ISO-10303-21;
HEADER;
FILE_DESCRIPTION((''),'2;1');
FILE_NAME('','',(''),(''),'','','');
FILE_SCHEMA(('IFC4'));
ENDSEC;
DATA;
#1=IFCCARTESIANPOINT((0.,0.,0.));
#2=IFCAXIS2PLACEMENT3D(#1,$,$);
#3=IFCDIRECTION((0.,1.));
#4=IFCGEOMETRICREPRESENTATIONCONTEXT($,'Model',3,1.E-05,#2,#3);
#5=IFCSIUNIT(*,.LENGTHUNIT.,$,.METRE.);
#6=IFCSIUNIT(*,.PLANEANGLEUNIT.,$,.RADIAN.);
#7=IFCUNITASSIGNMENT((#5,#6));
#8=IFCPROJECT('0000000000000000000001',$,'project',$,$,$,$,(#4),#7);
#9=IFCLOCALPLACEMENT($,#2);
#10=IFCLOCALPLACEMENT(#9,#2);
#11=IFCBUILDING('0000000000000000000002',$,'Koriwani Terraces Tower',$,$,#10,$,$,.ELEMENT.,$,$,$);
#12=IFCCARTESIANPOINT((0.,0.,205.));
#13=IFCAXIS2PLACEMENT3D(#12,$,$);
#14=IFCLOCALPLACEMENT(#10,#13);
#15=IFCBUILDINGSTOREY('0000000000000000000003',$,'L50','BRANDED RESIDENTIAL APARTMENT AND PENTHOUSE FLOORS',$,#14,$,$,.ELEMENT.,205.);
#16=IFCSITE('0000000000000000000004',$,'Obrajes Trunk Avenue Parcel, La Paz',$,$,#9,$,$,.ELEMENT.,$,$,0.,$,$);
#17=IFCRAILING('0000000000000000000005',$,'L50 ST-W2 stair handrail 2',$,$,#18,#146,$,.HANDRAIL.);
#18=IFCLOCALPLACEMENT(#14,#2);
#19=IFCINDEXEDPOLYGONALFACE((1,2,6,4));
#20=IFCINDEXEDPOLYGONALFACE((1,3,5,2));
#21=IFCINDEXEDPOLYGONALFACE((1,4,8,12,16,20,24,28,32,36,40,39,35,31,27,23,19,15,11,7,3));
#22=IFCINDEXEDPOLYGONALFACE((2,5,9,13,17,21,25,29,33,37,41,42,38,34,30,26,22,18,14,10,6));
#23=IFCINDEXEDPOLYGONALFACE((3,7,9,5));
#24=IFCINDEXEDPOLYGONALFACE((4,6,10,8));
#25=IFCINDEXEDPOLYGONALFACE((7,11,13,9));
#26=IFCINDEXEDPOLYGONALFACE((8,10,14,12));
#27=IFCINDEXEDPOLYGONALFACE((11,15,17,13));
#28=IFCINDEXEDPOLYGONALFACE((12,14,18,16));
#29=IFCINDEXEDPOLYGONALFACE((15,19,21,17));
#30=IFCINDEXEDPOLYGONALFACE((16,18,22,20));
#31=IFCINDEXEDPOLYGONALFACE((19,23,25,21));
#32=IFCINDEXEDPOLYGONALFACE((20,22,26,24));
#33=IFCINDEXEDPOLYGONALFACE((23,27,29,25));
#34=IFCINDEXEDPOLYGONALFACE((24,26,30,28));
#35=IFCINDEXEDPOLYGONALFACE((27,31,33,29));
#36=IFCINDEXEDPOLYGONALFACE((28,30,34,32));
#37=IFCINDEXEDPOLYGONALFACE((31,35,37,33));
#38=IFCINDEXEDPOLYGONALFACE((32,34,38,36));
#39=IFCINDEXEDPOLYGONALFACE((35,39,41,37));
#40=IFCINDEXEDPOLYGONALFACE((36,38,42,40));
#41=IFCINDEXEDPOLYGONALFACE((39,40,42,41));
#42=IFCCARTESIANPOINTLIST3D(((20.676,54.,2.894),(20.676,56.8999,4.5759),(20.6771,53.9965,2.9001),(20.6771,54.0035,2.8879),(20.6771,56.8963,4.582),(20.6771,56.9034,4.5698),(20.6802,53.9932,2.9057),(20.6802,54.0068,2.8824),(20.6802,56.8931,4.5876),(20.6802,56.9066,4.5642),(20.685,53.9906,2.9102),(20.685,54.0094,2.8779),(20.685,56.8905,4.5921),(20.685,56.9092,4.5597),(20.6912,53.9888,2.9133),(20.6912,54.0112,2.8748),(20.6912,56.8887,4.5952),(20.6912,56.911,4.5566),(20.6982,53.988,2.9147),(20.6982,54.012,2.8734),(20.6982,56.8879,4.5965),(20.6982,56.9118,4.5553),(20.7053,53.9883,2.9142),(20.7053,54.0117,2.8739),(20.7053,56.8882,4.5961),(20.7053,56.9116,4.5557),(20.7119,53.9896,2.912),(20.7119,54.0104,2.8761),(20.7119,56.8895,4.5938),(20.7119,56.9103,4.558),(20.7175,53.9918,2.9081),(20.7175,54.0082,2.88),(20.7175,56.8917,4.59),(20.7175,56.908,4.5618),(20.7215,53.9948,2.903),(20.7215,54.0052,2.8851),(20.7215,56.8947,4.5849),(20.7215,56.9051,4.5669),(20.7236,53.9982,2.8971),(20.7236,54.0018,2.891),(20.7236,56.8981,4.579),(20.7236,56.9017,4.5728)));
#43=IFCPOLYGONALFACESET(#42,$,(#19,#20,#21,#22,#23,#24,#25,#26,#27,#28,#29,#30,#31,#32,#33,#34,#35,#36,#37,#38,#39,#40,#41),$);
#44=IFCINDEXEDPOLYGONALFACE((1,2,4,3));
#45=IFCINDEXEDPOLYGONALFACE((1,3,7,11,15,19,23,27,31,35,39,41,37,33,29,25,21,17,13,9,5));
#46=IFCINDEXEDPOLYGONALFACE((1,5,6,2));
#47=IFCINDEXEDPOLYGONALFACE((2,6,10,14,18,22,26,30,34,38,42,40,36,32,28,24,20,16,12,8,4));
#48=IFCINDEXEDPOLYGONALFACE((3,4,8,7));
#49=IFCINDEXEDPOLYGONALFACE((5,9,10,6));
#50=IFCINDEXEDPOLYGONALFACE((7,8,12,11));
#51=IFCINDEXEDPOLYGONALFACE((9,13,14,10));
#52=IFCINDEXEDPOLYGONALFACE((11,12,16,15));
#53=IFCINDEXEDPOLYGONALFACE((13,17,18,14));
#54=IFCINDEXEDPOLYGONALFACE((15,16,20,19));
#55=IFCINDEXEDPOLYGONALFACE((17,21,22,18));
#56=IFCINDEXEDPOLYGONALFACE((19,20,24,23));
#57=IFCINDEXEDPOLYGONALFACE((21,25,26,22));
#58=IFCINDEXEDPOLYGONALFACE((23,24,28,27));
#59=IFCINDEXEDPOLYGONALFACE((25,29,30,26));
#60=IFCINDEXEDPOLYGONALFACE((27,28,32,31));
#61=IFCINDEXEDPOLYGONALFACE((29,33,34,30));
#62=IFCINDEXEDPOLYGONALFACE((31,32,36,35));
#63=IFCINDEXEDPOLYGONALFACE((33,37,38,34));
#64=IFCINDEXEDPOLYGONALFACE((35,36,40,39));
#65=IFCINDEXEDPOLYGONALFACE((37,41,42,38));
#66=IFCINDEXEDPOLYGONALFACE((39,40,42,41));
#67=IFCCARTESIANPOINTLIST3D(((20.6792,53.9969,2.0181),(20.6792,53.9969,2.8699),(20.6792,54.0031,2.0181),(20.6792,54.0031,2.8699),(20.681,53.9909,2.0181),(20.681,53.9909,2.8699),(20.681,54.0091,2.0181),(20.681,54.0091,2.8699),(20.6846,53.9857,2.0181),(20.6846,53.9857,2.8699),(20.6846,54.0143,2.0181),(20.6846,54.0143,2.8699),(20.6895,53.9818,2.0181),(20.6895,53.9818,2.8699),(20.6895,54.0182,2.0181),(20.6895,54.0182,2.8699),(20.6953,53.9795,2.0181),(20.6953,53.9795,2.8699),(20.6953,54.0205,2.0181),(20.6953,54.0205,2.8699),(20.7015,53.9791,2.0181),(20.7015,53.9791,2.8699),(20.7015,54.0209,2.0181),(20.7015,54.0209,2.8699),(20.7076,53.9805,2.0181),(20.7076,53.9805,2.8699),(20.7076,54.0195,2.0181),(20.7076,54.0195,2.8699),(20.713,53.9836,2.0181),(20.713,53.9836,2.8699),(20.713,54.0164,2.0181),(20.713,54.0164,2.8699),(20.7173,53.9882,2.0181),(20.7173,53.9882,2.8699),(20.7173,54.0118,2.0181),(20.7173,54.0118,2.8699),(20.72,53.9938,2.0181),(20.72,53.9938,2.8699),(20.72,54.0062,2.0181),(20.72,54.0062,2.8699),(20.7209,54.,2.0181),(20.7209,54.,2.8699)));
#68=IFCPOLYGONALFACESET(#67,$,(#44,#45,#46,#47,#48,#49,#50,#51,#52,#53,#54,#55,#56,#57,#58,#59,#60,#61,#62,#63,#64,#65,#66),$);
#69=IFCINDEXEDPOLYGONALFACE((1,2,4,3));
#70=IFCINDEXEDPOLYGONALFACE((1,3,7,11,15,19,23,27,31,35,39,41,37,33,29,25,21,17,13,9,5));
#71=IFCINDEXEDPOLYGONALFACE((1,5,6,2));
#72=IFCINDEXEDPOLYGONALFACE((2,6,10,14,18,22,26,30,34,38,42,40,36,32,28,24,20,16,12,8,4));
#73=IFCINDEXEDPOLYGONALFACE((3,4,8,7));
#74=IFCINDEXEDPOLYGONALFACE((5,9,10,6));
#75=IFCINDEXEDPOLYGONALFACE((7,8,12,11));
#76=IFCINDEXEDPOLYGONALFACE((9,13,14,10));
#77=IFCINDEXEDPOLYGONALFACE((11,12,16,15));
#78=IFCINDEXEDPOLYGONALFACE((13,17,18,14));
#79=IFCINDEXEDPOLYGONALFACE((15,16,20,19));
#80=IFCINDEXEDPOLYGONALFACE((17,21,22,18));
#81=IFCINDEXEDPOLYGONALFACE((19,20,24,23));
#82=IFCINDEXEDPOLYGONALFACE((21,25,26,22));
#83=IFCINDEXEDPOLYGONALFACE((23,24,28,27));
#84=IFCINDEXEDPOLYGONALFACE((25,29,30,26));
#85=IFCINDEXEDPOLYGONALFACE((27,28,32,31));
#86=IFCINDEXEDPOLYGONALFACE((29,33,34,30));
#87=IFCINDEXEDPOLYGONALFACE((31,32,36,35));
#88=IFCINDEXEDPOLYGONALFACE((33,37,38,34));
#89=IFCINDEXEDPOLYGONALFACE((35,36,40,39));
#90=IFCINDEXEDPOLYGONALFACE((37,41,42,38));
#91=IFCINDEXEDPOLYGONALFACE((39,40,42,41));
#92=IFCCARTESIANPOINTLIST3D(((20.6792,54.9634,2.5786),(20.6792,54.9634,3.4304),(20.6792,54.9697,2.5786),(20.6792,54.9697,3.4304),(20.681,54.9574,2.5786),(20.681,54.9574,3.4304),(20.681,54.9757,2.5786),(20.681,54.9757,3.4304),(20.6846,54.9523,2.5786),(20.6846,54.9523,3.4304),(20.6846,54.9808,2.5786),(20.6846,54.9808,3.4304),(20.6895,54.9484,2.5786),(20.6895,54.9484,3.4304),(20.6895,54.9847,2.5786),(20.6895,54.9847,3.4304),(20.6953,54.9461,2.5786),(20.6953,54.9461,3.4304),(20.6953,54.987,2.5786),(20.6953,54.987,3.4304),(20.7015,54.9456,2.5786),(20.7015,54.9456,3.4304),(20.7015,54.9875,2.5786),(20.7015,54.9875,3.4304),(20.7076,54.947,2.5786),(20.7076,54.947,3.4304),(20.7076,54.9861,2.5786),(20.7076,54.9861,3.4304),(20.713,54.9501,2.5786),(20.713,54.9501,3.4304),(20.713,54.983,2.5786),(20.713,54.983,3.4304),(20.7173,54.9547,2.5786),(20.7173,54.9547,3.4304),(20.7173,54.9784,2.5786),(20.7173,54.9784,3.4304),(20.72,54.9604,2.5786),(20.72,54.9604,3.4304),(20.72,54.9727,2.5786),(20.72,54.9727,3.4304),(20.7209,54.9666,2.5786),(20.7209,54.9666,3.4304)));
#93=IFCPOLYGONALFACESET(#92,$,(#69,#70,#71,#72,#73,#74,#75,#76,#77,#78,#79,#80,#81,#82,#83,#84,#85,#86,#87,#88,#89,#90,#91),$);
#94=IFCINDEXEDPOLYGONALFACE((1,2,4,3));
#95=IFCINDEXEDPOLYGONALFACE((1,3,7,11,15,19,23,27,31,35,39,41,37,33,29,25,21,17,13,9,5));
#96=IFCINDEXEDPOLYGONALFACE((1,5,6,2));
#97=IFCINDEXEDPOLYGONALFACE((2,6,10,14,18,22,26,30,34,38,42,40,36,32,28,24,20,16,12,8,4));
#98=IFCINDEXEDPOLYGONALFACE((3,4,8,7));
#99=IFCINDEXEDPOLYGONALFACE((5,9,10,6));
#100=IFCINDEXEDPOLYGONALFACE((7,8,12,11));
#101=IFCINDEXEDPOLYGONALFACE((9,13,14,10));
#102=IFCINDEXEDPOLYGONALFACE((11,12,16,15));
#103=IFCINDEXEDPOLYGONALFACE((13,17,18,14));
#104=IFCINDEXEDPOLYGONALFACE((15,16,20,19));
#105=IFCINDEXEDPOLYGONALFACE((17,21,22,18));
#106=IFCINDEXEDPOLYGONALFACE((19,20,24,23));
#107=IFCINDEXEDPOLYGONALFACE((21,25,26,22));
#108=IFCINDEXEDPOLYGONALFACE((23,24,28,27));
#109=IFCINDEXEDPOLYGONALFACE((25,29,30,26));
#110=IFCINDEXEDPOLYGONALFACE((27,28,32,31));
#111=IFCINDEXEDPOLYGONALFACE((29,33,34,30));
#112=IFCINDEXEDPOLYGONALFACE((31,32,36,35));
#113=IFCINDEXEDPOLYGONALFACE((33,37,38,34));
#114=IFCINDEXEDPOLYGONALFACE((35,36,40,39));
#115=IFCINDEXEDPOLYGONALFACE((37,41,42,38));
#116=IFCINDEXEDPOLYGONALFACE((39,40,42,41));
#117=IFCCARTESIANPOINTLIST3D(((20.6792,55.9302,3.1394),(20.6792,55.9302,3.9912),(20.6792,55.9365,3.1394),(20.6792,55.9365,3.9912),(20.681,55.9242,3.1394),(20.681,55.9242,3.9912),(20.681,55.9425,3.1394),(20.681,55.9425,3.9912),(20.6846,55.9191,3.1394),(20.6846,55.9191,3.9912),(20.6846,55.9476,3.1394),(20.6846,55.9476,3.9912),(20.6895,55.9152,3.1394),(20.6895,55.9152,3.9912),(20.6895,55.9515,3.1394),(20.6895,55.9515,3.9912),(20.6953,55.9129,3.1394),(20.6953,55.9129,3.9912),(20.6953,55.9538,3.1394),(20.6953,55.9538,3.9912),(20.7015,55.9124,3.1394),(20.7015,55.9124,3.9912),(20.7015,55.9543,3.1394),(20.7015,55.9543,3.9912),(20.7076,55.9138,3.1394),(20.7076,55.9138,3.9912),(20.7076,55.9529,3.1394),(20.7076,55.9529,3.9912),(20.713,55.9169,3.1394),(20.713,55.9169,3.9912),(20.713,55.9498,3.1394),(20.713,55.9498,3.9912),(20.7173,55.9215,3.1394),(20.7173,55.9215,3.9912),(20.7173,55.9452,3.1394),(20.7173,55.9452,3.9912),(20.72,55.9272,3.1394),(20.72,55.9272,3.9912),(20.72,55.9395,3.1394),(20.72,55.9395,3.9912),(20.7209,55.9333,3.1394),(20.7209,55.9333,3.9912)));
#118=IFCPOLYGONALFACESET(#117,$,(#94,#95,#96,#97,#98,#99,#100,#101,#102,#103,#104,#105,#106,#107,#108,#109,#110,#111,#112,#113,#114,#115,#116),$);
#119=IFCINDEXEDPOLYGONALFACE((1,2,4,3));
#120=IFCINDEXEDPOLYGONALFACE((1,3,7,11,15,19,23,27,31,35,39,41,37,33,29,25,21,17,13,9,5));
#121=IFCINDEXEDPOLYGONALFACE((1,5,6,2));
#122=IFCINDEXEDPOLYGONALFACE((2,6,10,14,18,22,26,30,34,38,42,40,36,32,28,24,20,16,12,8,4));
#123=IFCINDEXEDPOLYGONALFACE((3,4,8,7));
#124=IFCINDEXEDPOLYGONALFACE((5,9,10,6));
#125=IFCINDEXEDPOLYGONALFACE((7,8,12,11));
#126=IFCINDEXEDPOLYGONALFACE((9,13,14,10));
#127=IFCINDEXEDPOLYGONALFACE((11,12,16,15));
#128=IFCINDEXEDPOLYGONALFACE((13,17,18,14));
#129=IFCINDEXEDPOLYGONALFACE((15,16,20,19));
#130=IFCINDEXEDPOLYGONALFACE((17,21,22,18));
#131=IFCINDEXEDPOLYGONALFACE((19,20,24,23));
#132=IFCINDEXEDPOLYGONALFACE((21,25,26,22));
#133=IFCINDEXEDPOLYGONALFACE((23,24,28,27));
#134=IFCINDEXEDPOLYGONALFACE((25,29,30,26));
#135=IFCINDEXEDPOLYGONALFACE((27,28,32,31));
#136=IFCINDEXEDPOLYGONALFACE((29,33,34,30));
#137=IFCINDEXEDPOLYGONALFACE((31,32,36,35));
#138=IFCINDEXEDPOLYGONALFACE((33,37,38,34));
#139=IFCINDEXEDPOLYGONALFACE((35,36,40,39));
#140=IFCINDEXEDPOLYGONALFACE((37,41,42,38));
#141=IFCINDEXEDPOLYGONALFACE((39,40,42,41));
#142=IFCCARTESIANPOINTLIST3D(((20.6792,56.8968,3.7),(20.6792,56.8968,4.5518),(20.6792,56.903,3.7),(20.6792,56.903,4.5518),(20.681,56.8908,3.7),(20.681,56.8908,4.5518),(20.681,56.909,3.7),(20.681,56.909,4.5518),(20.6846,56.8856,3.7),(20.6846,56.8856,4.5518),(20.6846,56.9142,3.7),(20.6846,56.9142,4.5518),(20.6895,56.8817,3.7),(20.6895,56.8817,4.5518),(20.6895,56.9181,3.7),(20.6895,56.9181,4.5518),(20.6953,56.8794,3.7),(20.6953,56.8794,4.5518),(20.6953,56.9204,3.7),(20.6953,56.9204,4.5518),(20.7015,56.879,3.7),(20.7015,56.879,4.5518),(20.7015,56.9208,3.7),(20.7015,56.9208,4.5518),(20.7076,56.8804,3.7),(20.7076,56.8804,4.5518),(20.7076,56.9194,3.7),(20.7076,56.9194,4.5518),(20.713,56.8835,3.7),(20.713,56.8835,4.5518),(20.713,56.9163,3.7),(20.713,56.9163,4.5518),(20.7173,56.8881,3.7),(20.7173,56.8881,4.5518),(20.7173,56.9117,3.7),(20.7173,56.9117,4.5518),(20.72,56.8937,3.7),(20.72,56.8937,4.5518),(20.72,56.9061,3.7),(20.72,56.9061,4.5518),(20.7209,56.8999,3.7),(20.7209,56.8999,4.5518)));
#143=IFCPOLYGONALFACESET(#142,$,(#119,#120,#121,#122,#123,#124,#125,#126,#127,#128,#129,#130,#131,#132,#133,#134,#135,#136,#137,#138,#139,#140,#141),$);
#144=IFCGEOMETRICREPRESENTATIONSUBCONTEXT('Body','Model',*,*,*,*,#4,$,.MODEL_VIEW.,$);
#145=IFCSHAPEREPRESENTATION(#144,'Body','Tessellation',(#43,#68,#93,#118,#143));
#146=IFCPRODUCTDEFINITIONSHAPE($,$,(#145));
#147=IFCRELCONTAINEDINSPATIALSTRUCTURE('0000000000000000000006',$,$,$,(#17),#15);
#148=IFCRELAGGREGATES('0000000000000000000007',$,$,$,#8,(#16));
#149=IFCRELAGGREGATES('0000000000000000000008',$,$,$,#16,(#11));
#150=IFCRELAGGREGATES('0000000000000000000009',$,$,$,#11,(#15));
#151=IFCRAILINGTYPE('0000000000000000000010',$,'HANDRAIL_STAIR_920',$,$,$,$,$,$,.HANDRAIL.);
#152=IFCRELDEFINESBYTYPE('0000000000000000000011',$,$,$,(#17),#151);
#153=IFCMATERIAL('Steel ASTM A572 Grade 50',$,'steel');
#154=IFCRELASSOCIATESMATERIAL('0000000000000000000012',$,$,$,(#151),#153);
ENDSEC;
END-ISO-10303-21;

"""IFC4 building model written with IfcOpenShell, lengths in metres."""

from ifc_helpers import new_model, si_unit, direction, frame, origin, origin_2d, place, context, subcontext, project, spatial, circle, extrude, material, type_object, element, save


model = new_model("IFC4")

# Units and contexts
model_context = context("Model", 3, precision=1e-05, world=origin(), true_north=direction((0.0, 1.0)))
body_context = subcontext(model_context, "Body", "Model", "MODEL_VIEW")
ifc_project = project(units=[si_unit("LENGTHUNIT", "METRE"), si_unit("PLANEANGLEUNIT", "RADIAN")], contexts=[model_context])

# Site, building, storey
site_placement = place(None, origin())
site = spatial("IfcSite", under=ifc_project, at=site_placement, Name="Obrajes Trunk Avenue Parcel, La Paz", CompositionType="ELEMENT", RefElevation=0.0)
building_placement = place(site_placement, origin())
building = spatial("IfcBuilding", under=site, at=building_placement, Name="Koriwani Terraces Tower", CompositionType="ELEMENT")
storey_placement = place(building_placement, frame((0.0, 0.0, 205.0)))
storey = spatial("IfcBuildingStorey", under=building, at=storey_placement, Name="L50", Description="BRANDED RESIDENTIAL APARTMENT AND PENTHOUSE FLOORS", CompositionType="ELEMENT", Elevation=205.0)

# Shared definitions
ifc_material_1 = material(Name="Steel ASTM A572 Grade 50", Category="steel")

# Railing
railing_type_1 = type_object("IfcRailingType", Name="HANDRAIL_STAIR_920", PredefinedType="HANDRAIL", material=ifc_material_1)
railing_1_placement = place(storey_placement, frame((20.7, 54.0, 2.0181)))
element("IfcRailing", 1, at=railing_1_placement, inside=storey, type_object=railing_type_1, Name="L50 ST-W2 stair handrail 2", PredefinedType="HANDRAIL", context=body_context, shape_type="SweptSolid", body=[
    extrude(circle(Radius=0.0239, at=origin_2d()), frame((0.0, 0.0, 0.876), z_axis=(0.0, 0.865039, 0.501705), x_axis=(-1.0, 0.0, 0.0)), (0.0, 0.0, 1.0), 3.3523),
    extrude(circle(Radius=0.021, at=origin_2d()), origin(), (0.0, 0.0, 1.0), 0.8518),
    extrude(circle(Radius=0.021, at=origin_2d()), frame((0.0, 0.9666, 0.5605)), (0.0, 0.0, 1.0), 0.8518),
    extrude(circle(Radius=0.021, at=origin_2d()), frame((0.0, 1.9333, 1.1213)), (0.0, 0.0, 1.0), 0.8518),
    extrude(circle(Radius=0.021, at=origin_2d()), frame((0.0, 2.8999, 1.6819)), (0.0, 0.0, 1.0), 0.8518),
])

save(model, "model.ifc")
